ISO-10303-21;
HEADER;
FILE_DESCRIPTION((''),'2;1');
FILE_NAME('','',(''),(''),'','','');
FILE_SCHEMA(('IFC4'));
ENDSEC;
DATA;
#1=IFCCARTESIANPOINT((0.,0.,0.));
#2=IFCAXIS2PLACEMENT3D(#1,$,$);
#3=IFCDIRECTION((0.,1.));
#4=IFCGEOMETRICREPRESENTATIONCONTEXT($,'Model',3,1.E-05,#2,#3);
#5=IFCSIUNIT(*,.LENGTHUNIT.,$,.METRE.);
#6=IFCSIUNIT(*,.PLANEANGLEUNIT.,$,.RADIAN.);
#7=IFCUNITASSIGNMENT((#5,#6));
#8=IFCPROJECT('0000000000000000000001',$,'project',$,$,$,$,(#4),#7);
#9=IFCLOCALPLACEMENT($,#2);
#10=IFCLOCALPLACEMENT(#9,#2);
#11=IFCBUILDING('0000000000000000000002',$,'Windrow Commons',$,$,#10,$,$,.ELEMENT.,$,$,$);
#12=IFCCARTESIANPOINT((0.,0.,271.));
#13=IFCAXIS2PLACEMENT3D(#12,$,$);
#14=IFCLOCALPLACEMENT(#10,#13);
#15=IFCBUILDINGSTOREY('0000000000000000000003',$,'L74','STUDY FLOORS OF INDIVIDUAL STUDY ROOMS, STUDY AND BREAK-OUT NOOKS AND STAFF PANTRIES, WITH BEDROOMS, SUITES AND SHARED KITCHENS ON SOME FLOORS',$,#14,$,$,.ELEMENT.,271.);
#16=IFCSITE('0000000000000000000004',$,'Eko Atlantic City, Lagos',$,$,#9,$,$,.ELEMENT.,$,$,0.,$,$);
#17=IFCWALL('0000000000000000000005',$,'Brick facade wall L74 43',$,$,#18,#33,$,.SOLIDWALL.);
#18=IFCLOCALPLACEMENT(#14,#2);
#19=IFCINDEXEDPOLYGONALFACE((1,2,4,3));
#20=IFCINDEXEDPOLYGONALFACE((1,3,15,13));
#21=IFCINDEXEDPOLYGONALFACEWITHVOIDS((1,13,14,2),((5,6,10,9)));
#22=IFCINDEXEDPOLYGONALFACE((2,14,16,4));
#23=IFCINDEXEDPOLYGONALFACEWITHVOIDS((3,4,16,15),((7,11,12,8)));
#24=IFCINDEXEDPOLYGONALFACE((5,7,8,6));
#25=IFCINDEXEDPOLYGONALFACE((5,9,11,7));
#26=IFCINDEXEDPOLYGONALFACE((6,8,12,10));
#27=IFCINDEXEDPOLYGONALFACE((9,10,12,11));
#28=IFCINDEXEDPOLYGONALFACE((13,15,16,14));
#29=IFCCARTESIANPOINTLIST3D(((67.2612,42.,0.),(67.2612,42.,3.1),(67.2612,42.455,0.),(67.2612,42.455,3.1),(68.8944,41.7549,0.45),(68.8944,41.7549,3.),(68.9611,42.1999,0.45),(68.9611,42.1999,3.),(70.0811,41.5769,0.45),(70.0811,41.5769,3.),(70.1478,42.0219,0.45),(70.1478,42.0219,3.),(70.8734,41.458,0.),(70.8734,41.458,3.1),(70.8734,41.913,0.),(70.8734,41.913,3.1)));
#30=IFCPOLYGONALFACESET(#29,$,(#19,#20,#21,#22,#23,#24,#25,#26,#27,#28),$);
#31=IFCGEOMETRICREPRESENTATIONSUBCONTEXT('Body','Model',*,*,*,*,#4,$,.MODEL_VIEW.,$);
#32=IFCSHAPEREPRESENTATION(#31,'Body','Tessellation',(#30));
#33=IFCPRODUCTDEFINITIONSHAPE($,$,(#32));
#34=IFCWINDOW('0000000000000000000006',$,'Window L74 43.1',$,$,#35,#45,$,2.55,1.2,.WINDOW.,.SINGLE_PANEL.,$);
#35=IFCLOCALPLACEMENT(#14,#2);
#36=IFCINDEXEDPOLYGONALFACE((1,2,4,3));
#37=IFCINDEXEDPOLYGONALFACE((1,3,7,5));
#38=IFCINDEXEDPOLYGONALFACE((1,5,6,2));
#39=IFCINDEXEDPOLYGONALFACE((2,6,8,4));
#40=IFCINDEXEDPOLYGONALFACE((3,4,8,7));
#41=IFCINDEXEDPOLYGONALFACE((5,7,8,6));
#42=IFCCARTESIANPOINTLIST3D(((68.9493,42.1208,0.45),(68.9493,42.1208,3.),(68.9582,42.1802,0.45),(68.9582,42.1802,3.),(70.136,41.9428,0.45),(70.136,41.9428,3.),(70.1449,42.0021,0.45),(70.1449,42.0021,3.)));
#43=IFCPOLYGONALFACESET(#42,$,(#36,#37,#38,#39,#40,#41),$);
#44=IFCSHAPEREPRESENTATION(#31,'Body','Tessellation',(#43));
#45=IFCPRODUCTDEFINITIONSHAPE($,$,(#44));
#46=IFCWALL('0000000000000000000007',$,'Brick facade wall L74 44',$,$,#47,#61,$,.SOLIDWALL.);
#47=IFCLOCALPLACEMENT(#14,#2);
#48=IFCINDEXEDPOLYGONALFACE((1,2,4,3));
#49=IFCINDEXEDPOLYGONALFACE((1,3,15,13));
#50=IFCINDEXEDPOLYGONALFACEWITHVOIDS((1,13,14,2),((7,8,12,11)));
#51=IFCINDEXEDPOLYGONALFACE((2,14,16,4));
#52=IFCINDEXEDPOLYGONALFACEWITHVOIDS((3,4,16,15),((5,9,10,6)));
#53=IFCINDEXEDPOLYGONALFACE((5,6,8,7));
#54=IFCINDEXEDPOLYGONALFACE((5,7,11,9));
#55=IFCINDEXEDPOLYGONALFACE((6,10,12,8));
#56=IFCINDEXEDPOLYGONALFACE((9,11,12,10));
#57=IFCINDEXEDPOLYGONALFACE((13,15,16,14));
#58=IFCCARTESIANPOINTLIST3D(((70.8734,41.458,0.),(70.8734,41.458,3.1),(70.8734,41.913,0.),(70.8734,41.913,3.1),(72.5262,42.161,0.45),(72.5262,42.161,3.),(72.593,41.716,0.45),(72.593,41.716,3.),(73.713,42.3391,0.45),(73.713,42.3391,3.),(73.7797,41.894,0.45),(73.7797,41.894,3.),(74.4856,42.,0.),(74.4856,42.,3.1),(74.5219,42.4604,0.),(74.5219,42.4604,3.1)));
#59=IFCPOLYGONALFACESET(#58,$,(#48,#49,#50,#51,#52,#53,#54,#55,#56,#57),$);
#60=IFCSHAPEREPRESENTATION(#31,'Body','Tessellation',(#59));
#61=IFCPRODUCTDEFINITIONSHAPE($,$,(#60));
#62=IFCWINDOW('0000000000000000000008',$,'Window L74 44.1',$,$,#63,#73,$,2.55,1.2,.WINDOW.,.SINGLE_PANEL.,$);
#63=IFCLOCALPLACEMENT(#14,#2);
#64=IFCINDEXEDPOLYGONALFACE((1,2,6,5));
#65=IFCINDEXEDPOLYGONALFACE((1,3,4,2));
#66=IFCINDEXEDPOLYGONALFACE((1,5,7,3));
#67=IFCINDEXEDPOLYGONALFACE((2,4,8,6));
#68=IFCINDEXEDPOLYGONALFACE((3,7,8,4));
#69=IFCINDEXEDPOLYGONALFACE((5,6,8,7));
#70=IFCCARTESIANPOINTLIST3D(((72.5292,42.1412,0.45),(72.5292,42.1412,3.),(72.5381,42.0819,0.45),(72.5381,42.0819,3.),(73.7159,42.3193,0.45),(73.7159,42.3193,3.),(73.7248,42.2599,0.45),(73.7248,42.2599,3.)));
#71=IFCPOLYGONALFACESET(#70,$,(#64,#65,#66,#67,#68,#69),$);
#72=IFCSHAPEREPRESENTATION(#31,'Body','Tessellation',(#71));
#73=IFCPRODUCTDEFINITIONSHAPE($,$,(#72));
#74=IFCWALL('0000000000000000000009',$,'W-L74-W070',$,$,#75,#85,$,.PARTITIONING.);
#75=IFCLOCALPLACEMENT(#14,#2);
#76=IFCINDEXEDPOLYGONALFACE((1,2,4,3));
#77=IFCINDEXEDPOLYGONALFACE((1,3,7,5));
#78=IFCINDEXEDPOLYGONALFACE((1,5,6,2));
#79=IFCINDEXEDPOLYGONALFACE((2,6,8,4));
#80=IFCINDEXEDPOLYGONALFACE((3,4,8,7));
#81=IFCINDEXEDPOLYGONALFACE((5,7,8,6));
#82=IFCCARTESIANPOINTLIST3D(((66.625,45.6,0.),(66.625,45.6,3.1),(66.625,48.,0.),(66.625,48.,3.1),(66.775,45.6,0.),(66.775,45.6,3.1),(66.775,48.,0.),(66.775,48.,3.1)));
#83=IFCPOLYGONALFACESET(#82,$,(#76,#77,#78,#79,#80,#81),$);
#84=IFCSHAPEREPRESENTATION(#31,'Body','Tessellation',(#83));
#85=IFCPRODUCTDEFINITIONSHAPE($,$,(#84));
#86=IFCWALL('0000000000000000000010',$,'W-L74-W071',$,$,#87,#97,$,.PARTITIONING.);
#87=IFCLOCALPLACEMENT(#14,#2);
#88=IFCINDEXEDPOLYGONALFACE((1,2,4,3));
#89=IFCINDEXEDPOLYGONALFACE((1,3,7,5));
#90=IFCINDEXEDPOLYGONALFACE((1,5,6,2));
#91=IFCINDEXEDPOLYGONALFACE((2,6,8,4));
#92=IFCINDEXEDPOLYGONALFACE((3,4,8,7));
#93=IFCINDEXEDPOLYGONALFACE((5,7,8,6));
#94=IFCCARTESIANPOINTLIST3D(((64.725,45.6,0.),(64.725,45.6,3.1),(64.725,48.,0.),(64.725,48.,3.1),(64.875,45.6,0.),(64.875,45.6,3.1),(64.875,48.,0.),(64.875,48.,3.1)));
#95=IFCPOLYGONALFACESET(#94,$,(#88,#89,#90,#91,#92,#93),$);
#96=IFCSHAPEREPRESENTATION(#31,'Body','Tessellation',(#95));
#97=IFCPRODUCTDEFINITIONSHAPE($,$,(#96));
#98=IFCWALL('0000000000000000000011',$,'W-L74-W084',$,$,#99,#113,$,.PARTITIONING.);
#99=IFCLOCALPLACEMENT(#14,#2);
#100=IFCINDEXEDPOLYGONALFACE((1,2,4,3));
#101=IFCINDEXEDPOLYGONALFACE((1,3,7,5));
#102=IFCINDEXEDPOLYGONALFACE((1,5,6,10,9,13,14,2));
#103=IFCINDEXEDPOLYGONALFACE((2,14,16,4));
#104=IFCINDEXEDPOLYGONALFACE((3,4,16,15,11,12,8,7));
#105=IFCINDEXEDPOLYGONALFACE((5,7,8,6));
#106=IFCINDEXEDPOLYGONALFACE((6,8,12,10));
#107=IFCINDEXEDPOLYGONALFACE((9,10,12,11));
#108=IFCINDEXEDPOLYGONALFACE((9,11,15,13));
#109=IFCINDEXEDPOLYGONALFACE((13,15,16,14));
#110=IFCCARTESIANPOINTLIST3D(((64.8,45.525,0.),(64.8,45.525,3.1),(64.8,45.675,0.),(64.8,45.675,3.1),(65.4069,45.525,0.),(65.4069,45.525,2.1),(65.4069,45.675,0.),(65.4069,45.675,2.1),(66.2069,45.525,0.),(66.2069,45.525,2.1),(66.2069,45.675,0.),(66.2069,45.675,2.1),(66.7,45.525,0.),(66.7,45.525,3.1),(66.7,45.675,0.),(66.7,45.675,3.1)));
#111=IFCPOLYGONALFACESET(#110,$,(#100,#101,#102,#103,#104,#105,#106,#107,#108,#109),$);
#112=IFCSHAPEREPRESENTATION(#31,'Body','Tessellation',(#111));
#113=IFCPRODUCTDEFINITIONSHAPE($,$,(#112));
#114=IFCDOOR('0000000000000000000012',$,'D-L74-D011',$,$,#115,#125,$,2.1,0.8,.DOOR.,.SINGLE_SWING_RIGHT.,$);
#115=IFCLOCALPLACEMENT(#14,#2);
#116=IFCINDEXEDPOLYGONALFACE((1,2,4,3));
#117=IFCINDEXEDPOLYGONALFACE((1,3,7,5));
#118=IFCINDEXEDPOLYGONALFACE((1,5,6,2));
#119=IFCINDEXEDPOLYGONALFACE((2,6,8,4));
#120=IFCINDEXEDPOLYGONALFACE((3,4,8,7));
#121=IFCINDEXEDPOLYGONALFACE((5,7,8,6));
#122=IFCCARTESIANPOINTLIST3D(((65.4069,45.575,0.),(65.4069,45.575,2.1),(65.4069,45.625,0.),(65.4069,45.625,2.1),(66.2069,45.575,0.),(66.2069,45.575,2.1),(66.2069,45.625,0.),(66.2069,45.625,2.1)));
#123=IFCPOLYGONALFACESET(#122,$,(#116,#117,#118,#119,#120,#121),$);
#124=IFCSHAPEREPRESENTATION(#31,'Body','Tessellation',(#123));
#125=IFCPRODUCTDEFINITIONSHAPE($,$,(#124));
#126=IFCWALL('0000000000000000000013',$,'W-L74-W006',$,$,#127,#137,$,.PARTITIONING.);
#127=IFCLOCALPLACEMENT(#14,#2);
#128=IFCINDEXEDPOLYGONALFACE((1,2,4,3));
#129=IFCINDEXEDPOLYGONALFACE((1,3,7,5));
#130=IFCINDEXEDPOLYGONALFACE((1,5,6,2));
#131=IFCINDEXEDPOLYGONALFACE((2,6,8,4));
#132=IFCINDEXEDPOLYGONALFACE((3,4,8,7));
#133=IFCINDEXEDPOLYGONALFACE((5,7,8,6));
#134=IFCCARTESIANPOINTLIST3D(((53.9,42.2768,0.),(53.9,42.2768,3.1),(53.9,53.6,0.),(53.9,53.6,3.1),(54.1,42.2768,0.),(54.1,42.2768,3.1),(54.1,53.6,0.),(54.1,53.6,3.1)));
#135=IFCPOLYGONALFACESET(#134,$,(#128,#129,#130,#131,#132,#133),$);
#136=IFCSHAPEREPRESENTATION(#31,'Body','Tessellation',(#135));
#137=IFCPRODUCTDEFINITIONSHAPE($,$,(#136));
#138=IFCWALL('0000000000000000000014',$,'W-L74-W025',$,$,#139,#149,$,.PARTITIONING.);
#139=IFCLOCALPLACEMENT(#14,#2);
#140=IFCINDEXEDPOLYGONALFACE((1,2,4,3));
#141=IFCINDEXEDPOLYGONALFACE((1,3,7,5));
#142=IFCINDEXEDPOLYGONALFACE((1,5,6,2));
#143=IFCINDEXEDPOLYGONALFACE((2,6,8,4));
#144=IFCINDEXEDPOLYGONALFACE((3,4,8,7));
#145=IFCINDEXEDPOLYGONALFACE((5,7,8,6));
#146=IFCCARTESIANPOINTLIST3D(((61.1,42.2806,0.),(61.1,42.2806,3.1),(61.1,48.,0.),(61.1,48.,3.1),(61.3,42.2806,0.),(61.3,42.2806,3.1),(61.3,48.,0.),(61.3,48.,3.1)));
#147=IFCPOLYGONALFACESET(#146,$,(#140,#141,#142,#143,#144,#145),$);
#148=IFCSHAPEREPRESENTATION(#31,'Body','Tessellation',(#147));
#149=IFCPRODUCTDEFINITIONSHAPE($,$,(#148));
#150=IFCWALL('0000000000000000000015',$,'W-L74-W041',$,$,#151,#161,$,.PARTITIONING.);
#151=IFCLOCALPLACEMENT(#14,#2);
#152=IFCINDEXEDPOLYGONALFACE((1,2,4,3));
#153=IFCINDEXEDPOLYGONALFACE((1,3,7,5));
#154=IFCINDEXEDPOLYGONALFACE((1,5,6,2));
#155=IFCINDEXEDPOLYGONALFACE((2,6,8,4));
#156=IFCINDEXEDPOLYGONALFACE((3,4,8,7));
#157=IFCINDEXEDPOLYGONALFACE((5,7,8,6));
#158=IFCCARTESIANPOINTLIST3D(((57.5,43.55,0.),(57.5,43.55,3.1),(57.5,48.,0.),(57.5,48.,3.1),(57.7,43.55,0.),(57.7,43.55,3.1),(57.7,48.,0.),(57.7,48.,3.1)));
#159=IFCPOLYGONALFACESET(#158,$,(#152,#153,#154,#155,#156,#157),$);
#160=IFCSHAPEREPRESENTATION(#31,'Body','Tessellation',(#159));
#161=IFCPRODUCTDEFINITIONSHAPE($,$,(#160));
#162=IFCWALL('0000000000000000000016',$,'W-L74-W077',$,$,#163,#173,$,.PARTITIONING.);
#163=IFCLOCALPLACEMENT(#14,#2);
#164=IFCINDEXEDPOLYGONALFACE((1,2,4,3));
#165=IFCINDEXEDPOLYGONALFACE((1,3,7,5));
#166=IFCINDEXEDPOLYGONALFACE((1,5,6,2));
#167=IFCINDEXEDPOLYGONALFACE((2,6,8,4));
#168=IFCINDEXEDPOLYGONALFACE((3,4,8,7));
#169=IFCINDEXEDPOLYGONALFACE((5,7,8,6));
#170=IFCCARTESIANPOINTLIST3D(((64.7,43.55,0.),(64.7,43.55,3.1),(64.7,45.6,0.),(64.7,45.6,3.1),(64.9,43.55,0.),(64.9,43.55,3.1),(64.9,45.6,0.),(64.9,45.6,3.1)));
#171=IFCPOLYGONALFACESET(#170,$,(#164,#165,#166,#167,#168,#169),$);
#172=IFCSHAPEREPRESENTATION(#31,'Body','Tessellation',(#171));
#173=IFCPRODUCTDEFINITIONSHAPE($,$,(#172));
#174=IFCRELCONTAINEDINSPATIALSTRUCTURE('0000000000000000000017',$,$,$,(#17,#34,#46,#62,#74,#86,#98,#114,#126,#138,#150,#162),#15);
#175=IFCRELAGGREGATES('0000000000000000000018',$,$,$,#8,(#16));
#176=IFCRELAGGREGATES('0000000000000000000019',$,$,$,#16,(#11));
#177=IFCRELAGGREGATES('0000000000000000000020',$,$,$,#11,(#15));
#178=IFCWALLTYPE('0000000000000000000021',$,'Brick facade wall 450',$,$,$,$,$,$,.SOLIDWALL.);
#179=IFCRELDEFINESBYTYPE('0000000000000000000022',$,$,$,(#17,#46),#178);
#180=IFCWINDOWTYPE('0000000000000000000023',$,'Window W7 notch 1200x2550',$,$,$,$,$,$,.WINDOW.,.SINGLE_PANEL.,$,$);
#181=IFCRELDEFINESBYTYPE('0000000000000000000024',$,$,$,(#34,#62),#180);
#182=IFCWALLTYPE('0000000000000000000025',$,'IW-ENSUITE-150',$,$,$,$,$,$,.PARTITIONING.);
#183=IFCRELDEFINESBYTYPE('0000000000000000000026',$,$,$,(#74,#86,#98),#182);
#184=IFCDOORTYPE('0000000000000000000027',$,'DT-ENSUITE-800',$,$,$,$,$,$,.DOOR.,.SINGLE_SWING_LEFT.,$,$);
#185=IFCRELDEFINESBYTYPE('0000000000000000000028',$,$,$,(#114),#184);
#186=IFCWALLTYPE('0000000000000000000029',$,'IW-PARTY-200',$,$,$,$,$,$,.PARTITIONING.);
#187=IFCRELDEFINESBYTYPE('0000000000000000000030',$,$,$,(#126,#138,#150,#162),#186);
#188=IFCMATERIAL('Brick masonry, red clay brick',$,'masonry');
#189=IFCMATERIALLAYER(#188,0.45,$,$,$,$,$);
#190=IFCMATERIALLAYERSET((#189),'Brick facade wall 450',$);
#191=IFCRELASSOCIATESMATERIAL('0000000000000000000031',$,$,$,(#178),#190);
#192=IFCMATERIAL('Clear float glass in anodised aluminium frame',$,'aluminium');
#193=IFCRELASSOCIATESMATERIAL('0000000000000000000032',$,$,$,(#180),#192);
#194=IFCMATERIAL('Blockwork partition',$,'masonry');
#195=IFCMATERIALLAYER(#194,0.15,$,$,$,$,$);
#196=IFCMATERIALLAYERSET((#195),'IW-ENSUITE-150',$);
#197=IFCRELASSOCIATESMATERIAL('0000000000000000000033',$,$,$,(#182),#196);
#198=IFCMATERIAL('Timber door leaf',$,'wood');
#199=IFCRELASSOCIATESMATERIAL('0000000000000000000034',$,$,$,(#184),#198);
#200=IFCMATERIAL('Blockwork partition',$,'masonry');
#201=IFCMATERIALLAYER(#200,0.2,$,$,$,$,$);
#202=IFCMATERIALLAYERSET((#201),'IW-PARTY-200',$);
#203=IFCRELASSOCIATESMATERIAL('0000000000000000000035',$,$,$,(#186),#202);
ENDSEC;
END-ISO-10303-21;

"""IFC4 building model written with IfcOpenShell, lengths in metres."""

from ifc_helpers import new_model, si_unit, direction, frame, frame_2d, origin, place, context, subcontext, project, spatial, polyline, rectangle, outline, extrude, material, layer, layer_set, type_object, element, fill, save


model = new_model("IFC4")

# Units and contexts
model_context = context("Model", 3, precision=1e-05, world=origin(), true_north=direction((0.0, 1.0)))
body_context = subcontext(model_context, "Body", "Model", "MODEL_VIEW")
ifc_project = project(units=[si_unit("LENGTHUNIT", "METRE"), si_unit("PLANEANGLEUNIT", "RADIAN")], contexts=[model_context])

# Site, building, storey
site_placement = place(None, origin())
site = spatial("IfcSite", under=ifc_project, at=site_placement, Name="Eko Atlantic City, Lagos", CompositionType="ELEMENT", RefElevation=0.0)
building_placement = place(site_placement, origin())
building = spatial("IfcBuilding", under=site, at=building_placement, Name="Windrow Commons", CompositionType="ELEMENT")
storey_placement = place(building_placement, frame((0.0, 0.0, 271.0)))
storey = spatial("IfcBuildingStorey", under=building, at=storey_placement, Name="L74", Description="STUDY FLOORS OF INDIVIDUAL STUDY ROOMS, STUDY AND BREAK-OUT NOOKS AND STAFF PANTRIES, WITH BEDROOMS, SUITES AND SHARED KITCHENS ON SOME FLOORS", CompositionType="ELEMENT", Elevation=271.0)

# Walls, openings, windows
ifc_material_1 = material(Name="Brick masonry, red clay brick", Category="masonry")
ifc_layer_1 = layer(ifc_material_1, 0.45)
ifc_layer_set_1 = layer_set([ifc_layer_1], Name="Brick facade wall 450")
wall_type_1 = type_object("IfcWallType", Name="Brick facade wall 450", PredefinedType="SOLIDWALL", material=ifc_layer_set_1)
ifc_material_2 = material(Name="Clear float glass in anodised aluminium frame", Category="aluminium")
window_type = type_object("IfcWindowType", Name="Window W7 notch 1200x2550", PartitioningType="SINGLE_PANEL", PredefinedType="WINDOW", material=ifc_material_2)
wall_1_placement = place(storey_placement, frame((67.2612, 42.2275, 0.0), z_axis=(0.0, 0.0, 1.0), x_axis=(0.98893, -0.148386, 0.0)))
wall_1 = element("IfcWall", 1, at=wall_1_placement, inside=storey, type_object=wall_type_1, Name="Brick facade wall L74 43", PredefinedType="SOLIDWALL", context=body_context, shape_type="SweptSolid", body=[
    extrude(outline(polyline([(0.0338, -0.225), (3.6864, -0.225), (3.6189, 0.225), (-0.0338, 0.225), (0.0338, -0.225)])), origin(), (0.0, 0.0, 1.0), 3.1),
])
opening_1_placement = place(wall_1_placement, frame((1.6852, 0.0, 0.45)))
opening_1 = element("IfcOpeningElement", 2, at=opening_1_placement, cuts=wall_1, PredefinedType="OPENING", context=body_context, shape_type="SweptSolid", body=[
    extrude(rectangle(XDim=1.2, YDim=2.55, at=frame_2d((0.6, 1.275))), frame((0.0, 0.235, 0.0), z_axis=(0.0, -1.0, 0.0), x_axis=(1.0, 0.0, 0.0)), (0.0, 0.0, 1.0), 0.47),
])
window_1_placement = place(opening_1_placement, origin())
window_1 = element("IfcWindow", 3, at=window_1_placement, inside=storey, type_object=window_type, Name="Window L74 43.1", OverallHeight=2.55, OverallWidth=1.2, PartitioningType="SINGLE_PANEL", PredefinedType="WINDOW", context=body_context, shape_type="SweptSolid", body=[
    extrude(rectangle(XDim=1.2, YDim=2.55, at=frame_2d((0.6, 1.275))), frame((0.0, 0.205, 0.0), z_axis=(0.0, -1.0, 0.0), x_axis=(1.0, 0.0, 0.0)), (0.0, 0.0, 1.0), 0.06),
])
fill(opening_1, window_1)
wall_2_placement = place(storey_placement, frame((70.8734, 41.6855, 0.0), z_axis=(0.0, 0.0, 1.0), x_axis=(0.988931, 0.148378, 0.0)))
wall_2 = element("IfcWall", 4, at=wall_2_placement, inside=storey, type_object=wall_type_1, Name="Brick facade wall L74 44", PredefinedType="SOLIDWALL", context=body_context, shape_type="SweptSolid", body=[
    extrude(outline(polyline([(-0.0338, -0.225), (3.6189, -0.225), (3.7231, 0.225), (0.0338, 0.225), (-0.0338, -0.225)])), origin(), (0.0, 0.0, 1.0), 3.1),
])
opening_2_placement = place(wall_2_placement, frame((1.7051, 0.0, 0.45)))
opening_2 = element("IfcOpeningElement", 5, at=opening_2_placement, cuts=wall_2, PredefinedType="OPENING", context=body_context, shape_type="SweptSolid", body=[
    extrude(rectangle(XDim=1.2, YDim=2.55, at=frame_2d((0.6, 1.275))), frame((0.0, 0.235, 0.0), z_axis=(0.0, -1.0, 0.0), x_axis=(1.0, 0.0, 0.0)), (0.0, 0.0, 1.0), 0.47),
])
window_2_placement = place(opening_2_placement, origin())
window_2 = element("IfcWindow", 6, at=window_2_placement, inside=storey, type_object=window_type, Name="Window L74 44.1", OverallHeight=2.55, OverallWidth=1.2, PartitioningType="SINGLE_PANEL", PredefinedType="WINDOW", context=body_context, shape_type="SweptSolid", body=[
    extrude(rectangle(XDim=1.2, YDim=2.55, at=frame_2d((0.6, 1.275))), frame((0.0, 0.205, 0.0), z_axis=(0.0, -1.0, 0.0), x_axis=(1.0, 0.0, 0.0)), (0.0, 0.0, 1.0), 0.06),
])
fill(opening_2, window_2)

# Walls
ifc_material_3 = material(Name="Blockwork partition", Category="masonry")
ifc_layer_2 = layer(ifc_material_3, 0.15)
ifc_layer_set_2 = layer_set([ifc_layer_2], Name="IW-ENSUITE-150")
wall_type_2 = type_object("IfcWallType", Name="IW-ENSUITE-150", PredefinedType="PARTITIONING", material=ifc_layer_set_2)
for number, where, z_axis, x_axis, name in (
    (7, (66.7, 45.6, 0.0), (0.0, 0.0, 1.0), (0.0, 1.0, 0.0), "W-L74-W070"),
    (8, (64.8, 45.6, 0.0), (0.0, 0.0, 1.0), (0.0, 1.0, 0.0), "W-L74-W071"),
):
    element("IfcWall", number, at=place(storey_placement, frame(where, z_axis=z_axis, x_axis=x_axis)), inside=storey, type_object=wall_type_2, Name=name, PredefinedType="PARTITIONING", context=body_context, shape_type="SweptSolid", body=[
        extrude(rectangle(XDim=2.4, YDim=0.15, at=frame_2d((1.2, 0.0))), origin(), (0.0, 0.0, 1.0), 3.1),
    ])

# Wall, opening, door
wall_3_placement = place(storey_placement, frame((64.8, 45.6, 0.0), z_axis=(0.0, 0.0, 1.0), x_axis=(1.0, 0.0, 0.0)))
wall_3 = element("IfcWall", 9, at=wall_3_placement, inside=storey, type_object=wall_type_2, Name="W-L74-W084", PredefinedType="PARTITIONING", context=body_context, shape_type="SweptSolid", body=[
    extrude(rectangle(XDim=1.9, YDim=0.15, at=frame_2d((0.95, 0.0))), origin(), (0.0, 0.0, 1.0), 3.1),
])
opening_3_placement = place(wall_3_placement, frame((0.6069, 0.0, 0.0)))
opening_3 = element("IfcOpeningElement", 10, at=opening_3_placement, cuts=wall_3, PredefinedType="OPENING", context=body_context, shape_type="SweptSolid", body=[
    extrude(rectangle(XDim=0.8, YDim=2.1, at=frame_2d((0.4, 1.05))), frame((0.0, 0.085, 0.0), z_axis=(0.0, -1.0, 0.0), x_axis=(1.0, 0.0, 0.0)), (0.0, 0.0, 1.0), 0.17),
])
ifc_material_4 = material(Name="Timber door leaf", Category="wood")
door_type = type_object("IfcDoorType", Name="DT-ENSUITE-800", OperationType="SINGLE_SWING_LEFT", PredefinedType="DOOR", material=ifc_material_4)
door_placement = place(opening_3_placement, origin())
door = element("IfcDoor", 11, at=door_placement, inside=storey, type_object=door_type, Name="D-L74-D011", OperationType="SINGLE_SWING_RIGHT", OverallHeight=2.1, OverallWidth=0.8, PredefinedType="DOOR", context=body_context, shape_type="SweptSolid", body=[
    extrude(rectangle(XDim=0.8, YDim=2.1, at=frame_2d((0.4, 1.05))), frame((0.0, 0.025, 0.0), z_axis=(0.0, -1.0, 0.0), x_axis=(1.0, 0.0, 0.0)), (0.0, 0.0, 1.0), 0.05),
])
fill(opening_3, door)

# Walls
ifc_material_5 = material(Name="Blockwork partition", Category="masonry")
ifc_layer_3 = layer(ifc_material_5, 0.2)
ifc_layer_set_3 = layer_set([ifc_layer_3], Name="IW-PARTY-200")
wall_type_3 = type_object("IfcWallType", Name="IW-PARTY-200", PredefinedType="PARTITIONING", material=ifc_layer_set_3)
wall_4_placement = place(storey_placement, frame((54.0, 42.2768, 0.0), z_axis=(0.0, 0.0, 1.0), x_axis=(0.0, 1.0, 0.0)))
element("IfcWall", 12, at=wall_4_placement, inside=storey, type_object=wall_type_3, Name="W-L74-W006", PredefinedType="PARTITIONING", context=body_context, shape_type="SweptSolid", body=[
    extrude(rectangle(XDim=11.3232, YDim=0.2, at=frame_2d((5.6616, 0.0))), origin(), (0.0, 0.0, 1.0), 3.1),
])
wall_5_placement = place(storey_placement, frame((61.2, 42.2805, 0.0), z_axis=(0.0, 0.0, 1.0), x_axis=(0.0, 1.0, 0.0)))
element("IfcWall", 13, at=wall_5_placement, inside=storey, type_object=wall_type_3, Name="W-L74-W025", PredefinedType="PARTITIONING", context=body_context, shape_type="SweptSolid", body=[
    extrude(rectangle(XDim=5.7195, YDim=0.2, at=frame_2d((2.8598, 0.0))), origin(), (0.0, 0.0, 1.0), 3.1),
])
wall_6_placement = place(storey_placement, frame((57.6, 43.55, 0.0), z_axis=(0.0, 0.0, 1.0), x_axis=(0.0, 1.0, 0.0)))
element("IfcWall", 14, at=wall_6_placement, inside=storey, type_object=wall_type_3, Name="W-L74-W041", PredefinedType="PARTITIONING", context=body_context, shape_type="SweptSolid", body=[
    extrude(rectangle(XDim=4.45, YDim=0.2, at=frame_2d((2.225, 0.0))), origin(), (0.0, 0.0, 1.0), 3.1),
])
wall_7_placement = place(storey_placement, frame((64.8, 43.55, 0.0), z_axis=(0.0, 0.0, 1.0), x_axis=(0.0, 1.0, 0.0)))
element("IfcWall", 15, at=wall_7_placement, inside=storey, type_object=wall_type_3, Name="W-L74-W077", PredefinedType="PARTITIONING", context=body_context, shape_type="SweptSolid", body=[
    extrude(rectangle(XDim=2.05, YDim=0.2, at=frame_2d((1.025, 0.0))), origin(), (0.0, 0.0, 1.0), 3.1),
])

save(model, "model.ifc")
